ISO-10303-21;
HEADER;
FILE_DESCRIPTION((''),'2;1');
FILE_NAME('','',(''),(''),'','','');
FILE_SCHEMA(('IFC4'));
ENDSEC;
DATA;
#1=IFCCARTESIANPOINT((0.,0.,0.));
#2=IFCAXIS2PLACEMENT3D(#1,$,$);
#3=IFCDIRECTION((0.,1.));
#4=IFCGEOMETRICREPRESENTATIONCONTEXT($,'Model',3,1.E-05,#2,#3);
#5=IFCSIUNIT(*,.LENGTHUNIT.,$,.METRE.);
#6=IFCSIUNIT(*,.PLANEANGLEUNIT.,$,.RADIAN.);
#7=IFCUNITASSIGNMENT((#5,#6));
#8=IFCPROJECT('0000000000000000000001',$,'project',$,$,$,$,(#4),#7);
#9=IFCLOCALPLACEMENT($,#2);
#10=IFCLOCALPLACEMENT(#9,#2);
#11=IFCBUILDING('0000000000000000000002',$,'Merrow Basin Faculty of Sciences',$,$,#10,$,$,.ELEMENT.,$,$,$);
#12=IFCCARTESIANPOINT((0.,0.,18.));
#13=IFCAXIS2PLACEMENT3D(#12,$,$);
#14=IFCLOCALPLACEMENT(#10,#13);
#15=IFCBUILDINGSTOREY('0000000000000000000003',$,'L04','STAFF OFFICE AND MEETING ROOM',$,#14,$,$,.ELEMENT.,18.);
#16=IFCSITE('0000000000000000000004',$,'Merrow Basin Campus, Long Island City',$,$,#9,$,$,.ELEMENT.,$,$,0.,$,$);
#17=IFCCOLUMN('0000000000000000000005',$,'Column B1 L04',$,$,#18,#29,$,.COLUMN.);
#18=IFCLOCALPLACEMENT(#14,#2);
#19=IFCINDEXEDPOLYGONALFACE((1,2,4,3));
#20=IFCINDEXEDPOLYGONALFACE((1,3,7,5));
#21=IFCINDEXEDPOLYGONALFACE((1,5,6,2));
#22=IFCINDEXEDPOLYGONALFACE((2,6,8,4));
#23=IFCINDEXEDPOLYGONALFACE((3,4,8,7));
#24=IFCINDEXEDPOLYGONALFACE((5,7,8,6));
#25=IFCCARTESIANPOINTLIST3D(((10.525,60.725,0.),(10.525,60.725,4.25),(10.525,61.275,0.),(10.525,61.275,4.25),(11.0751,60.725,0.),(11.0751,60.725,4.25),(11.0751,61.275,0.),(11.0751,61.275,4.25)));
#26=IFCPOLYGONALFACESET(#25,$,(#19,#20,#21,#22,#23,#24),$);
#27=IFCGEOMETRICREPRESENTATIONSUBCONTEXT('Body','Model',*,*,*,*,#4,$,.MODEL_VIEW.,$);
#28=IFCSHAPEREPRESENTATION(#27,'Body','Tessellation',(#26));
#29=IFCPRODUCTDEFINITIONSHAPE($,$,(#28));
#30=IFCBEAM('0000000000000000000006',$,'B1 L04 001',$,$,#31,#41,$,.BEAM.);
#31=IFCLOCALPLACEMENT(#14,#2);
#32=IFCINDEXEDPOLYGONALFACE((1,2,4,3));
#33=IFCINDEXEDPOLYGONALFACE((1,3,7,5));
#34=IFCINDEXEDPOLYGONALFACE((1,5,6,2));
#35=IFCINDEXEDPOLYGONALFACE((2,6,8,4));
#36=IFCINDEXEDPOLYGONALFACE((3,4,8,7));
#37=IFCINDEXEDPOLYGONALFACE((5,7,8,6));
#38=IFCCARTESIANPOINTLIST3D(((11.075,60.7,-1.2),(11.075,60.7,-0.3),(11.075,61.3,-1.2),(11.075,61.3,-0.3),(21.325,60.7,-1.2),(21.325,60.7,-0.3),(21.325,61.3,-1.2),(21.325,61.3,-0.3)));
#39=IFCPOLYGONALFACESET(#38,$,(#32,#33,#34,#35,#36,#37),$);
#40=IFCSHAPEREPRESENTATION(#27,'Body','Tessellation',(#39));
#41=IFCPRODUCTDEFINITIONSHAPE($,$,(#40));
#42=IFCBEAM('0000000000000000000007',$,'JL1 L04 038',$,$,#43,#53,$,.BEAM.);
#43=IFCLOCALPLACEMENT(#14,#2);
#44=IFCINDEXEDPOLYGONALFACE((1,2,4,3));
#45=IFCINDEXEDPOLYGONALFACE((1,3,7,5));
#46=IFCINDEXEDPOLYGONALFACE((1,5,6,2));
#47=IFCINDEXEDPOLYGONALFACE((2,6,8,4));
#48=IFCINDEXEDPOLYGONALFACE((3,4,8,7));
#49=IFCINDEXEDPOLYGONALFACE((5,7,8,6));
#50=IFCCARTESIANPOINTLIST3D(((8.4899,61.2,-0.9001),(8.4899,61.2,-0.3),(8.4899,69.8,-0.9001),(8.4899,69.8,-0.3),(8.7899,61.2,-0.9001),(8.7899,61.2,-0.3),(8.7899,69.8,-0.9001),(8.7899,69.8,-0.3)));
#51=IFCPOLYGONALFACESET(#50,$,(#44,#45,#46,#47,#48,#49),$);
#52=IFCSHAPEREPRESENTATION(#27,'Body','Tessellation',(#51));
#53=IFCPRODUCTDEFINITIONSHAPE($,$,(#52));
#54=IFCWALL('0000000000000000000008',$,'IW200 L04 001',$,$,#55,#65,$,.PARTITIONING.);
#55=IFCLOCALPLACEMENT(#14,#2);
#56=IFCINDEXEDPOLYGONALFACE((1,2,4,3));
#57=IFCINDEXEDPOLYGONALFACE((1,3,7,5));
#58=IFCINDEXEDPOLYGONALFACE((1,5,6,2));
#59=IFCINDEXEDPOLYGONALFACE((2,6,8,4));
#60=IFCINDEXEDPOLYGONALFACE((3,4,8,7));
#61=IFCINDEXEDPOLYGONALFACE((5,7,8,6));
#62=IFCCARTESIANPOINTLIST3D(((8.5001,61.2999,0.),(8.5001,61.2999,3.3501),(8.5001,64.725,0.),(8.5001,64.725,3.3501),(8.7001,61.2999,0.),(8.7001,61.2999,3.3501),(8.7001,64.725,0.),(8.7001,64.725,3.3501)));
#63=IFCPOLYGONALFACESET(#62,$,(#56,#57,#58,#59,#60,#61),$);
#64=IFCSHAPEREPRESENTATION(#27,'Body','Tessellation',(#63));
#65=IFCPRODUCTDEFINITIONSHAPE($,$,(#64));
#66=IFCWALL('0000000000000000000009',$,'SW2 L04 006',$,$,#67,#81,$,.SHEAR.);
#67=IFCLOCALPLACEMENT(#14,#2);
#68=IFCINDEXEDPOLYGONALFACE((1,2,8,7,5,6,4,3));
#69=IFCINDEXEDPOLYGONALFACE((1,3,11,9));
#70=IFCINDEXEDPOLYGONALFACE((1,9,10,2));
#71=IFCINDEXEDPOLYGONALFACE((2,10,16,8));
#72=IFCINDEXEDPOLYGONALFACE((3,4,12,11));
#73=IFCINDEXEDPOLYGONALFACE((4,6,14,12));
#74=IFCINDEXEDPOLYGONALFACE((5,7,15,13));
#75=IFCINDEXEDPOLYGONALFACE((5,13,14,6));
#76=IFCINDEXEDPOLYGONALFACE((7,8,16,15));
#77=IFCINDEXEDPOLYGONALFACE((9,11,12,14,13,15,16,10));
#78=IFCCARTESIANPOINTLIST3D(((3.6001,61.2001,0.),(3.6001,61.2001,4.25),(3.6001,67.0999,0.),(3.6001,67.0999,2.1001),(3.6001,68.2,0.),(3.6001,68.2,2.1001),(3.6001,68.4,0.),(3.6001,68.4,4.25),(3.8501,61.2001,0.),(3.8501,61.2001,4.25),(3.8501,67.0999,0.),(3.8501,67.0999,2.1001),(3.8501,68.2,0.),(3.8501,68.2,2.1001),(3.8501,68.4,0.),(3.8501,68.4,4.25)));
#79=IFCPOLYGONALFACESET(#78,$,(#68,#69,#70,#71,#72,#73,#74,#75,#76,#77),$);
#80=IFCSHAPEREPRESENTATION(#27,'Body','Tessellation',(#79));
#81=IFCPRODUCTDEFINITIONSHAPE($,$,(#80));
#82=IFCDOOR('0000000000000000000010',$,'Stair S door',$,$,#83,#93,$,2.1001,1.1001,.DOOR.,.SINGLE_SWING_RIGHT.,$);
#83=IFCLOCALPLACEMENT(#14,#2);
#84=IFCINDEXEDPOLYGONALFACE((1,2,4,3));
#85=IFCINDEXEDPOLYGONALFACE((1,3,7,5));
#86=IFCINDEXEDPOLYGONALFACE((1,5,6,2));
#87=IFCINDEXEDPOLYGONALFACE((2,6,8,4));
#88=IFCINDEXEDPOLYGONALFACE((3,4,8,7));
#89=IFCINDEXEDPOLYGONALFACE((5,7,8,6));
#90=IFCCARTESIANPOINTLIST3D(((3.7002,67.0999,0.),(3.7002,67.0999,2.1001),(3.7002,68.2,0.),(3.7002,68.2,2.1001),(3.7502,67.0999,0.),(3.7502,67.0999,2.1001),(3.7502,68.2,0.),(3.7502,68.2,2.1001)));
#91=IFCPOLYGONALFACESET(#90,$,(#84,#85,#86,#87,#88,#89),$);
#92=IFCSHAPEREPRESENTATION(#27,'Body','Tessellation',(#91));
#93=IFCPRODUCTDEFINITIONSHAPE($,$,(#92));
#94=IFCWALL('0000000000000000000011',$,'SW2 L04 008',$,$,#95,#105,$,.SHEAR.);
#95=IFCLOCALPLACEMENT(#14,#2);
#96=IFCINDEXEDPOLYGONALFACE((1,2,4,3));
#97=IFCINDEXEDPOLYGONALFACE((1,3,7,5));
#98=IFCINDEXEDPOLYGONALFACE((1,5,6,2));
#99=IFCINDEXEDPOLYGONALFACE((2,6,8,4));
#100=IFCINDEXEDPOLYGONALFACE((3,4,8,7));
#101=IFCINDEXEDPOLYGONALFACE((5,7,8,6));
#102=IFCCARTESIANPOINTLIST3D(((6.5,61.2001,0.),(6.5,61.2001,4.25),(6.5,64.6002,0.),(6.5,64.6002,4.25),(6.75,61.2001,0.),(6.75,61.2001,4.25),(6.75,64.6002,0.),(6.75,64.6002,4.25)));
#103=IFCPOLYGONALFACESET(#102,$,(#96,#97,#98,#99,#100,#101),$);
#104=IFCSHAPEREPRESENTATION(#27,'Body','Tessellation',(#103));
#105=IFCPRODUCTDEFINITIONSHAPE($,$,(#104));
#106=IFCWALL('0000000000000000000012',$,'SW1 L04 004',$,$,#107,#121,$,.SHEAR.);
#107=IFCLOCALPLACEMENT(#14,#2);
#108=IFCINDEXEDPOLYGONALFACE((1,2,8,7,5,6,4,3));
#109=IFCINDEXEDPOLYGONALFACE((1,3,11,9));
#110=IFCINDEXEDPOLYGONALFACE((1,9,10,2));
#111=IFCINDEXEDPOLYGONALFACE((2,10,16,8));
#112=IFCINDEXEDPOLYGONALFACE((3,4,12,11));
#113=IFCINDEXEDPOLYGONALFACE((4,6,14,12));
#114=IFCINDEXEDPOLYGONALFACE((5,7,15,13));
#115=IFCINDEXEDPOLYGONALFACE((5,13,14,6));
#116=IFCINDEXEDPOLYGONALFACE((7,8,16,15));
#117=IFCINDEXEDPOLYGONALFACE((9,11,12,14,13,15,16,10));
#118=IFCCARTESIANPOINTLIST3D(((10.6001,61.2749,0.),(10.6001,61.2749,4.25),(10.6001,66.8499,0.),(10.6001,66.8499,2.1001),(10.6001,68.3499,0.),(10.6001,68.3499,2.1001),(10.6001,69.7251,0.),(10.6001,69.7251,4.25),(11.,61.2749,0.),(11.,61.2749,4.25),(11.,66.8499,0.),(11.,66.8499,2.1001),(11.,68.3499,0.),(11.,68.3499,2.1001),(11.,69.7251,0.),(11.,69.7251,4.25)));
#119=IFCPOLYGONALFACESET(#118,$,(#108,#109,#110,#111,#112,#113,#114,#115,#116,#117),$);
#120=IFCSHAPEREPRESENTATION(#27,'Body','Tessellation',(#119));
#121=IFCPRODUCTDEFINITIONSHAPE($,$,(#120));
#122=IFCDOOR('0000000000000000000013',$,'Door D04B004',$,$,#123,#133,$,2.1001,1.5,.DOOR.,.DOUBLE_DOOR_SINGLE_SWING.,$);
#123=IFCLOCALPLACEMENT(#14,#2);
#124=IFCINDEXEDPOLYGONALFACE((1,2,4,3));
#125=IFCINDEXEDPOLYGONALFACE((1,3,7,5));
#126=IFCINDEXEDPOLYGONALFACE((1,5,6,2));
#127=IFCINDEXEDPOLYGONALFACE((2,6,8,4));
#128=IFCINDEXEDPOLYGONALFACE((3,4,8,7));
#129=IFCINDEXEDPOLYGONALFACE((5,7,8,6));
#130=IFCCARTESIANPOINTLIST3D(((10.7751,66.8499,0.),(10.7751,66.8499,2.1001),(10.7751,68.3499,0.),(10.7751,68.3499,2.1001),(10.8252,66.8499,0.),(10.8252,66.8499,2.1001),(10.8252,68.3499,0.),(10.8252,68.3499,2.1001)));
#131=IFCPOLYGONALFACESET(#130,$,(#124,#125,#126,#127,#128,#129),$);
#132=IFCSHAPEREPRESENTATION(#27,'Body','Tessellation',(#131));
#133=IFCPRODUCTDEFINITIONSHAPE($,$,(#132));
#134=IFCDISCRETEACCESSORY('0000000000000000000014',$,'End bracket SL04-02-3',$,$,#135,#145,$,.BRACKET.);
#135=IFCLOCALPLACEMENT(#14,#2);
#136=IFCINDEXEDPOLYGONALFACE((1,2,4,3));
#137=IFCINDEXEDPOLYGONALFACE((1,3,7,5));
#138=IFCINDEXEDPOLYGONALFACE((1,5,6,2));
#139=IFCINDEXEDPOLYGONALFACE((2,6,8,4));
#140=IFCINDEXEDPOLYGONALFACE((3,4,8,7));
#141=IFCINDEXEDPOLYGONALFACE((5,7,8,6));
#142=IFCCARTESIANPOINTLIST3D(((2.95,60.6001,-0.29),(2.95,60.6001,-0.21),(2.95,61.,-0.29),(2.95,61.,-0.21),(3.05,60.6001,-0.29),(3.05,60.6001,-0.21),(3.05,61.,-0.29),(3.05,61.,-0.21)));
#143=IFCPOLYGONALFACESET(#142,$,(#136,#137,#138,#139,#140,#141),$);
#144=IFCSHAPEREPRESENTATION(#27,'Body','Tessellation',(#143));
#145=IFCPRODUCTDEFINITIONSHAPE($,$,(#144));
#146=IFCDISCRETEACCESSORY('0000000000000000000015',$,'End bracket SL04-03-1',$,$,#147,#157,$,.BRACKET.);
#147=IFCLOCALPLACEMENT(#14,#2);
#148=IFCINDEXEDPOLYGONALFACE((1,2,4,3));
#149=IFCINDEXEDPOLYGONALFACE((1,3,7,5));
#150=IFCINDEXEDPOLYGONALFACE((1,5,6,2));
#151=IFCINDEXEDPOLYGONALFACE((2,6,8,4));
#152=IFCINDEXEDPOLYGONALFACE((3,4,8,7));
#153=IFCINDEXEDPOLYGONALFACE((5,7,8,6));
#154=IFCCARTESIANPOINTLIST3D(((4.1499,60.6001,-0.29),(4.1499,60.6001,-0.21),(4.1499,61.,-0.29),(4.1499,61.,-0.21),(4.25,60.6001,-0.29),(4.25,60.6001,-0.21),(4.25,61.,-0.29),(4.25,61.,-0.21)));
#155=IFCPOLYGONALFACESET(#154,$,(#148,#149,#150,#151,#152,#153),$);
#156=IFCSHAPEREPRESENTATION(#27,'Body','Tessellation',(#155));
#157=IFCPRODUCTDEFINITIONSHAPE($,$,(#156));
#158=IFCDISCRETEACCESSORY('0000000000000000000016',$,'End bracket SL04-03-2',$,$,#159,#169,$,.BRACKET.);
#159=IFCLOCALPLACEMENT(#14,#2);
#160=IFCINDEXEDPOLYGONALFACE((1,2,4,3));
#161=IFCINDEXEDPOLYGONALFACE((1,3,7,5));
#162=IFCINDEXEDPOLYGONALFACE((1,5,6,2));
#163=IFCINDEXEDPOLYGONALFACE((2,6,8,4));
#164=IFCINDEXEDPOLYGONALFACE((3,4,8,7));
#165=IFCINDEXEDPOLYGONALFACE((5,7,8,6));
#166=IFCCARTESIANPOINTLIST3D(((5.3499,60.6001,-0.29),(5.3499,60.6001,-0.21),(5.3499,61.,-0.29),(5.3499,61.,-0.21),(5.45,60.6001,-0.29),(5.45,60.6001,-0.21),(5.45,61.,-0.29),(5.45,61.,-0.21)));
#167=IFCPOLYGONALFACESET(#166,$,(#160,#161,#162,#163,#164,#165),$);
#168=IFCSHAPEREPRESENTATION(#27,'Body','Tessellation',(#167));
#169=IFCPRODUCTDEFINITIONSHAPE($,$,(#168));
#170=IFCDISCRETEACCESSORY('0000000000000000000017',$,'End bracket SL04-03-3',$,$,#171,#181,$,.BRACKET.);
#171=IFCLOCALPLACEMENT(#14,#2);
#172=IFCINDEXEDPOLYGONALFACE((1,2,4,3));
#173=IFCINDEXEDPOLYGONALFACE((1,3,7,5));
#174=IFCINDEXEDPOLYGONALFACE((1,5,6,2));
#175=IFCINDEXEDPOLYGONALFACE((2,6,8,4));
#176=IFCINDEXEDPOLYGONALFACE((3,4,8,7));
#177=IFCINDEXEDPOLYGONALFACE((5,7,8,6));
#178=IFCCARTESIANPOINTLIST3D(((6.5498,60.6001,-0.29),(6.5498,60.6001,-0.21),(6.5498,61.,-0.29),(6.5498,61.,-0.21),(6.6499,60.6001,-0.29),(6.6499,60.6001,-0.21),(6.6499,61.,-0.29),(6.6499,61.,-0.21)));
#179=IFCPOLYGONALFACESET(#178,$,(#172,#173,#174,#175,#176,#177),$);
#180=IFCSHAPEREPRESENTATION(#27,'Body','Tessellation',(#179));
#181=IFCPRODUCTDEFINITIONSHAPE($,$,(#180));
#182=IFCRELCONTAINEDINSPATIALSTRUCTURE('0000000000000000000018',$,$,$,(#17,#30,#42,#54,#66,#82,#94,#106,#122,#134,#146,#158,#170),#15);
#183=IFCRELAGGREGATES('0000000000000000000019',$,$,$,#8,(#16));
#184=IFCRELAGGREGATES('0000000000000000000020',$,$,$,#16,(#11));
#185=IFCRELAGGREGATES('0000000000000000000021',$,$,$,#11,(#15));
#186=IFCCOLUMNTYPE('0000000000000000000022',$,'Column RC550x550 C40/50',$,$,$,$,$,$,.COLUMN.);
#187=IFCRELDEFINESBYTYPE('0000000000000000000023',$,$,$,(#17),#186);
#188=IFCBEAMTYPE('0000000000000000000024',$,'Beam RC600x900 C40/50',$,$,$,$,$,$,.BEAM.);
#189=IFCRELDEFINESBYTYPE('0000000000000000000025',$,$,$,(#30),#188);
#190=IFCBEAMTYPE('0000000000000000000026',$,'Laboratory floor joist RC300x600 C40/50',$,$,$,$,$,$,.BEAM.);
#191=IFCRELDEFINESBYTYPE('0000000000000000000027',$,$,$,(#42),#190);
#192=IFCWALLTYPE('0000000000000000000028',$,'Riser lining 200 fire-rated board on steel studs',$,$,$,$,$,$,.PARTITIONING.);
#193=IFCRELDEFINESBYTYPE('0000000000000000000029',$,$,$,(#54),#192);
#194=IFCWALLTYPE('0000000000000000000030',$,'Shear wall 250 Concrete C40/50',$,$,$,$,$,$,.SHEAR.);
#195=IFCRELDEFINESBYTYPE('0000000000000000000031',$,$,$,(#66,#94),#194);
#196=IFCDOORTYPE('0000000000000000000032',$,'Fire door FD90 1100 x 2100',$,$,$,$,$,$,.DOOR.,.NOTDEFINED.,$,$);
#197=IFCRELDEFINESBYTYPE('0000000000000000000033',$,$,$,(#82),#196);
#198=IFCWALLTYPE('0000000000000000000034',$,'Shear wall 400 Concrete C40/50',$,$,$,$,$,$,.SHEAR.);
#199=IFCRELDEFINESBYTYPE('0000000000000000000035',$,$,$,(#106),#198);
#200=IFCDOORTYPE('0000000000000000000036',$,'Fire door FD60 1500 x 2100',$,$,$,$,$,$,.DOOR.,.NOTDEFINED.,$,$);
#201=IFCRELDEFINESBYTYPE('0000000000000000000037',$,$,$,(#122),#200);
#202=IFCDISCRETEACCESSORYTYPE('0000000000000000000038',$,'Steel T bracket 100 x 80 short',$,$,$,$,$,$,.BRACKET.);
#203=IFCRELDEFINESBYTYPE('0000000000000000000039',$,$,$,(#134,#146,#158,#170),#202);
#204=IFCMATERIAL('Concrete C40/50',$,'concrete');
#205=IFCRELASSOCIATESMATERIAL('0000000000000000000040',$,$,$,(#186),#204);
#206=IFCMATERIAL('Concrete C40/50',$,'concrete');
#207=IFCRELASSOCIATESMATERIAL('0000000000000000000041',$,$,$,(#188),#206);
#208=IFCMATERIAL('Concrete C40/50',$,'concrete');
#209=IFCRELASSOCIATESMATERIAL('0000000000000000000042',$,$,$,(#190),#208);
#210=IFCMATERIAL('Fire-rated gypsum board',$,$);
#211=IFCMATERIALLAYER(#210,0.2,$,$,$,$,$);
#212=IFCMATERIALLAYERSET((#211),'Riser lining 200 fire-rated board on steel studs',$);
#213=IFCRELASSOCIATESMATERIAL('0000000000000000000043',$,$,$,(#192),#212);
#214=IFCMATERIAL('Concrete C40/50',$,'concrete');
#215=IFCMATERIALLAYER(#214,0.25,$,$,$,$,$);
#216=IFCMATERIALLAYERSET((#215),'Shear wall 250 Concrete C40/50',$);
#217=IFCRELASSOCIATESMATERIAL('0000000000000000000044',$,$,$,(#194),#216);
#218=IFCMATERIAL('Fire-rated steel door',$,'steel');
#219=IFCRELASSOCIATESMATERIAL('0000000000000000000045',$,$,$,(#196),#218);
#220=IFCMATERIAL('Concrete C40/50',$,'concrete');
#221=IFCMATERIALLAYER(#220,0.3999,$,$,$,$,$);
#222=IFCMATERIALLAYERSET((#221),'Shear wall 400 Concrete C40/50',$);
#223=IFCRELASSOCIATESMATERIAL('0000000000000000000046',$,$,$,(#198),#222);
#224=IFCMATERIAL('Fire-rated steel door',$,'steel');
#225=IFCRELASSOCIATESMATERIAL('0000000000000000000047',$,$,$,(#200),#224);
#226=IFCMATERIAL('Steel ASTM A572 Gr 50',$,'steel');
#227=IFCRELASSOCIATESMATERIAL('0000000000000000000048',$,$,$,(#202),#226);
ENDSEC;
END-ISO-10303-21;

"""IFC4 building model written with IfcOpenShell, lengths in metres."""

from ifc_helpers import new_model, si_unit, direction, frame, frame_2d, origin, origin_2d, place, context, subcontext, project, spatial, polyline, rectangle, outline, extrude, source, transform, mapped, material, layer, layer_set, material_profile, profile_set, type_object, element, fill, save


model = new_model("IFC4")

# Units and contexts
model_context = context("Model", 3, precision=1e-05, world=origin(), true_north=direction((0.0, 1.0)))
body_context = subcontext(model_context, "Body", "Model", "MODEL_VIEW")
ifc_project = project(units=[si_unit("LENGTHUNIT", "METRE"), si_unit("PLANEANGLEUNIT", "RADIAN")], contexts=[model_context])

# Site, building, storey
site_placement = place(None, origin())
site = spatial("IfcSite", under=ifc_project, at=site_placement, Name="Merrow Basin Campus, Long Island City", CompositionType="ELEMENT", RefElevation=0.0)
building_placement = place(site_placement, origin())
building = spatial("IfcBuilding", under=site, at=building_placement, Name="Merrow Basin Faculty of Sciences", CompositionType="ELEMENT")
storey_placement = place(building_placement, frame((0.0, 0.0, 18.0)))
storey = spatial("IfcBuildingStorey", under=building, at=storey_placement, Name="L04", Description="STAFF OFFICE AND MEETING ROOM", CompositionType="ELEMENT", Elevation=18.0)

# Column
ifc_material_1 = material(Name="Concrete C40/50", Category="concrete")
ifc_material_profile_1 = material_profile(ifc_material_1, rectangle(XDim=0.55, YDim=0.55, at=origin_2d()))
ifc_profile_set_1 = profile_set([ifc_material_profile_1], Name="Concrete C40/50")
column_type = type_object("IfcColumnType", Name="Column RC550x550 C40/50", PredefinedType="COLUMN", material=ifc_profile_set_1)
column_placement = place(storey_placement, frame((10.8, 61.0, 0.0), z_axis=(0.0, 0.0, 1.0), x_axis=(1.0, 0.0, 0.0)))
element("IfcColumn", 1, at=column_placement, inside=storey, type_object=column_type, Name="Column B1 L04", PredefinedType="COLUMN", context=body_context, shape_type="SweptSolid", body=[
    extrude(rectangle(XDim=0.55, YDim=0.55, at=origin_2d()), origin(), (0.0, 0.0, 1.0), 4.25),
])

# Beams
ifc_material_2 = material(Name="Concrete C40/50", Category="concrete")
ifc_material_profile_2 = material_profile(ifc_material_2, rectangle(XDim=0.6001, YDim=0.8999, at=origin_2d()))
ifc_profile_set_2 = profile_set([ifc_material_profile_2], Name="Concrete C40/50")
beam_type_1 = type_object("IfcBeamType", Name="Beam RC600x900 C40/50", PredefinedType="BEAM", material=ifc_profile_set_2)
beam_1_placement = place(storey_placement, frame((11.075, 61.0, -0.75), z_axis=(1.0, 0.0, 0.0), x_axis=(0.0, 1.0, 0.0)))
element("IfcBeam", 2, at=beam_1_placement, inside=storey, type_object=beam_type_1, Name="B1 L04 001", PredefinedType="BEAM", context=body_context, shape_type="SweptSolid", body=[
    extrude(rectangle(XDim=0.6001, YDim=0.8999, at=origin_2d()), origin(), (0.0, 0.0, 1.0), 10.25),
])
ifc_material_3 = material(Name="Concrete C40/50", Category="concrete")
ifc_material_profile_3 = material_profile(ifc_material_3, rectangle(XDim=0.3, YDim=0.6001, at=origin_2d()))
ifc_profile_set_3 = profile_set([ifc_material_profile_3], Name="Concrete C40/50")
beam_type_2 = type_object("IfcBeamType", Name="Laboratory floor joist RC300x600 C40/50", PredefinedType="BEAM", material=ifc_profile_set_3)
beam_2_placement = place(storey_placement, frame((8.6399, 61.2, -0.6001), z_axis=(0.0, 1.0, 0.0), x_axis=(-1.0, 0.0, 0.0)))
element("IfcBeam", 3, at=beam_2_placement, inside=storey, type_object=beam_type_2, Name="JL1 L04 038", PredefinedType="BEAM", context=body_context, shape_type="SweptSolid", body=[
    extrude(rectangle(XDim=0.3, YDim=0.6001, at=origin_2d()), origin(), (0.0, 0.0, 1.0), 8.6001),
])

# Wall
ifc_material_4 = material(Name="Fire-rated gypsum board")
ifc_layer_1 = layer(ifc_material_4, 0.2)
ifc_layer_set_1 = layer_set([ifc_layer_1], Name="Riser lining 200 fire-rated board on steel studs")
wall_type_1 = type_object("IfcWallType", Name="Riser lining 200 fire-rated board on steel studs", PredefinedType="PARTITIONING", material=ifc_layer_set_1)
wall_1_placement = place(storey_placement, frame((8.6001, 61.3, 0.0), z_axis=(0.0, 0.0, 1.0), x_axis=(0.0, 1.0, 0.0)))
element("IfcWall", 4, at=wall_1_placement, inside=storey, type_object=wall_type_1, Name="IW200 L04 001", PredefinedType="PARTITIONING", context=body_context, shape_type="SweptSolid", body=[
    extrude(rectangle(XDim=3.425, YDim=0.2, at=frame_2d((1.7124, 0.0))), origin(), (0.0, 0.0, 1.0), 3.3501),
])

# Wall, opening, door
ifc_material_5 = material(Name="Concrete C40/50", Category="concrete")
ifc_layer_2 = layer(ifc_material_5, 0.25)
ifc_layer_set_2 = layer_set([ifc_layer_2], Name="Shear wall 250 Concrete C40/50")
wall_type_2 = type_object("IfcWallType", Name="Shear wall 250 Concrete C40/50", PredefinedType="SHEAR", material=ifc_layer_set_2)
wall_2_placement = place(storey_placement, frame((3.7251, 61.2, 0.0), z_axis=(0.0, 0.0, 1.0), x_axis=(0.0, 1.0, 0.0)))
wall_2 = element("IfcWall", 5, at=wall_2_placement, inside=storey, type_object=wall_type_2, Name="SW2 L04 006", PredefinedType="SHEAR", context=body_context, shape_type="SweptSolid", body=[
    extrude(rectangle(XDim=7.2, YDim=0.25, at=frame_2d((3.6001, 0.0))), origin(), (0.0, 0.0, 1.0), 4.25),
])
opening_1_placement = place(wall_2_placement, frame((5.8999, 0.0, 0.0)))
opening_1 = element("IfcOpeningElement", 6, at=opening_1_placement, cuts=wall_2, PredefinedType="OPENING", context=body_context, shape_type="SweptSolid", body=[
    extrude(rectangle(XDim=1.1001, YDim=2.1001, at=frame_2d((0.55, 1.05))), frame((0.0, 0.135, 0.0), z_axis=(0.0, -1.0, 0.0), x_axis=(1.0, 0.0, 0.0)), (0.0, 0.0, 1.0), 0.27),
])
ifc_material_6 = material(Name="Fire-rated steel door", Category="steel")
door_type_1 = type_object("IfcDoorType", Name="Fire door FD90 1100 x 2100", OperationType="NOTDEFINED", PredefinedType="DOOR", material=ifc_material_6)
door_1_placement = place(opening_1_placement, origin())
door_1 = element("IfcDoor", 7, at=door_1_placement, inside=storey, type_object=door_type_1, Name="Stair S door", OperationType="SINGLE_SWING_RIGHT", OverallHeight=2.1001, OverallWidth=1.1001, PredefinedType="DOOR", context=body_context, shape_type="SweptSolid", body=[
    extrude(rectangle(XDim=1.1001, YDim=2.1001, at=frame_2d((0.55, 1.05))), frame((0.0, 0.0249, 0.0), z_axis=(0.0, -1.0, 0.0), x_axis=(1.0, 0.0, 0.0)), (0.0, 0.0, 1.0), 0.05),
])
fill(opening_1, door_1)

# Wall
wall_3_placement = place(storey_placement, frame((6.625, 61.2, 0.0), z_axis=(0.0, 0.0, 1.0), x_axis=(0.0, 1.0, 0.0)))
element("IfcWall", 8, at=wall_3_placement, inside=storey, type_object=wall_type_2, Name="SW2 L04 008", PredefinedType="SHEAR", context=body_context, shape_type="SweptSolid", body=[
    extrude(rectangle(XDim=3.4001, YDim=0.25, at=frame_2d((1.7002, 0.0))), origin(), (0.0, 0.0, 1.0), 4.25),
])

# Wall, opening, door
ifc_material_7 = material(Name="Concrete C40/50", Category="concrete")
ifc_layer_3 = layer(ifc_material_7, 0.3999)
ifc_layer_set_3 = layer_set([ifc_layer_3], Name="Shear wall 400 Concrete C40/50")
wall_type_3 = type_object("IfcWallType", Name="Shear wall 400 Concrete C40/50", PredefinedType="SHEAR", material=ifc_layer_set_3)
wall_4_placement = place(storey_placement, frame((10.8, 61.2749, 0.0), z_axis=(0.0, 0.0, 1.0), x_axis=(0.0, 1.0, 0.0)))
wall_4 = element("IfcWall", 9, at=wall_4_placement, inside=storey, type_object=wall_type_3, Name="SW1 L04 004", PredefinedType="SHEAR", context=body_context, shape_type="SweptSolid", body=[
    extrude(rectangle(XDim=8.4502, YDim=0.3999, at=frame_2d((4.2251, 0.0))), origin(), (0.0, 0.0, 1.0), 4.25),
])
opening_2_placement = place(wall_4_placement, frame((5.575, 0.0, 0.0)))
opening_2 = element("IfcOpeningElement", 10, at=opening_2_placement, cuts=wall_4, PredefinedType="OPENING", context=body_context, shape_type="SweptSolid", body=[
    extrude(rectangle(XDim=1.5, YDim=2.1001, at=frame_2d((0.75, 1.05))), frame((0.0, 0.21, 0.0), z_axis=(0.0, -1.0, 0.0), x_axis=(1.0, 0.0, 0.0)), (0.0, 0.0, 1.0), 0.4199),
])
ifc_material_8 = material(Name="Fire-rated steel door", Category="steel")
door_type_2 = type_object("IfcDoorType", Name="Fire door FD60 1500 x 2100", OperationType="NOTDEFINED", PredefinedType="DOOR", material=ifc_material_8)
door_2_placement = place(opening_2_placement, origin())
door_2 = element("IfcDoor", 11, at=door_2_placement, inside=storey, type_object=door_type_2, Name="Door D04B004", OperationType="DOUBLE_DOOR_SINGLE_SWING", OverallHeight=2.1001, OverallWidth=1.5, PredefinedType="DOOR", context=body_context, shape_type="SweptSolid", body=[
    extrude(rectangle(XDim=1.5, YDim=2.1001, at=frame_2d((0.75, 1.05))), frame((0.0, 0.0249, 0.0), z_axis=(0.0, -1.0, 0.0), x_axis=(1.0, 0.0, 0.0)), (0.0, 0.0, 1.0), 0.05),
])
fill(opening_2, door_2)

# Discrete accessories
ifc_material_9 = material(Name="Steel ASTM A572 Gr 50", Category="steel")
discrete_accessory_type = type_object("IfcDiscreteAccessoryType", Name="Steel T bracket 100 x 80 short", PredefinedType="BRACKET", material=ifc_material_9)
shared_shape_1 = source(origin(), body_context, "Body", "SweptSolid", [
    extrude(outline(polyline([(0.0, 0.0), (0.1001, 0.0), (0.1001, 0.0801), (0.0, 0.0801), (0.0, 0.0)])), origin(), (0.0, 0.0, 1.0), 0.3999),
])
for number, where, z_axis, x_axis, name in (
    (12, (3.05, 60.6001, -0.29), (0.0, 1.0, 0.0), (-1.0, 0.0, 0.0), "End bracket SL04-02-3"),
    (13, (4.25, 60.6001, -0.29), (0.0, 1.0, 0.0), (-1.0, 0.0, 0.0), "End bracket SL04-03-1"),
    (14, (5.45, 60.6001, -0.29), (0.0, 1.0, 0.0), (-1.0, 0.0, 0.0), "End bracket SL04-03-2"),
    (15, (6.6499, 60.6001, -0.29), (0.0, 1.0, 0.0), (-1.0, 0.0, 0.0), "End bracket SL04-03-3"),
):
    element("IfcDiscreteAccessory", number, at=place(storey_placement, frame(where, z_axis=z_axis, x_axis=x_axis)), inside=storey, type_object=discrete_accessory_type, Name=name, PredefinedType="BRACKET", context=body_context, shape_type="MappedRepresentation", body=[
        mapped(shared_shape_1, transform((0.0, 0.0, 0.0), scale=1.0)),
    ])

save(model, "model.ifc")
